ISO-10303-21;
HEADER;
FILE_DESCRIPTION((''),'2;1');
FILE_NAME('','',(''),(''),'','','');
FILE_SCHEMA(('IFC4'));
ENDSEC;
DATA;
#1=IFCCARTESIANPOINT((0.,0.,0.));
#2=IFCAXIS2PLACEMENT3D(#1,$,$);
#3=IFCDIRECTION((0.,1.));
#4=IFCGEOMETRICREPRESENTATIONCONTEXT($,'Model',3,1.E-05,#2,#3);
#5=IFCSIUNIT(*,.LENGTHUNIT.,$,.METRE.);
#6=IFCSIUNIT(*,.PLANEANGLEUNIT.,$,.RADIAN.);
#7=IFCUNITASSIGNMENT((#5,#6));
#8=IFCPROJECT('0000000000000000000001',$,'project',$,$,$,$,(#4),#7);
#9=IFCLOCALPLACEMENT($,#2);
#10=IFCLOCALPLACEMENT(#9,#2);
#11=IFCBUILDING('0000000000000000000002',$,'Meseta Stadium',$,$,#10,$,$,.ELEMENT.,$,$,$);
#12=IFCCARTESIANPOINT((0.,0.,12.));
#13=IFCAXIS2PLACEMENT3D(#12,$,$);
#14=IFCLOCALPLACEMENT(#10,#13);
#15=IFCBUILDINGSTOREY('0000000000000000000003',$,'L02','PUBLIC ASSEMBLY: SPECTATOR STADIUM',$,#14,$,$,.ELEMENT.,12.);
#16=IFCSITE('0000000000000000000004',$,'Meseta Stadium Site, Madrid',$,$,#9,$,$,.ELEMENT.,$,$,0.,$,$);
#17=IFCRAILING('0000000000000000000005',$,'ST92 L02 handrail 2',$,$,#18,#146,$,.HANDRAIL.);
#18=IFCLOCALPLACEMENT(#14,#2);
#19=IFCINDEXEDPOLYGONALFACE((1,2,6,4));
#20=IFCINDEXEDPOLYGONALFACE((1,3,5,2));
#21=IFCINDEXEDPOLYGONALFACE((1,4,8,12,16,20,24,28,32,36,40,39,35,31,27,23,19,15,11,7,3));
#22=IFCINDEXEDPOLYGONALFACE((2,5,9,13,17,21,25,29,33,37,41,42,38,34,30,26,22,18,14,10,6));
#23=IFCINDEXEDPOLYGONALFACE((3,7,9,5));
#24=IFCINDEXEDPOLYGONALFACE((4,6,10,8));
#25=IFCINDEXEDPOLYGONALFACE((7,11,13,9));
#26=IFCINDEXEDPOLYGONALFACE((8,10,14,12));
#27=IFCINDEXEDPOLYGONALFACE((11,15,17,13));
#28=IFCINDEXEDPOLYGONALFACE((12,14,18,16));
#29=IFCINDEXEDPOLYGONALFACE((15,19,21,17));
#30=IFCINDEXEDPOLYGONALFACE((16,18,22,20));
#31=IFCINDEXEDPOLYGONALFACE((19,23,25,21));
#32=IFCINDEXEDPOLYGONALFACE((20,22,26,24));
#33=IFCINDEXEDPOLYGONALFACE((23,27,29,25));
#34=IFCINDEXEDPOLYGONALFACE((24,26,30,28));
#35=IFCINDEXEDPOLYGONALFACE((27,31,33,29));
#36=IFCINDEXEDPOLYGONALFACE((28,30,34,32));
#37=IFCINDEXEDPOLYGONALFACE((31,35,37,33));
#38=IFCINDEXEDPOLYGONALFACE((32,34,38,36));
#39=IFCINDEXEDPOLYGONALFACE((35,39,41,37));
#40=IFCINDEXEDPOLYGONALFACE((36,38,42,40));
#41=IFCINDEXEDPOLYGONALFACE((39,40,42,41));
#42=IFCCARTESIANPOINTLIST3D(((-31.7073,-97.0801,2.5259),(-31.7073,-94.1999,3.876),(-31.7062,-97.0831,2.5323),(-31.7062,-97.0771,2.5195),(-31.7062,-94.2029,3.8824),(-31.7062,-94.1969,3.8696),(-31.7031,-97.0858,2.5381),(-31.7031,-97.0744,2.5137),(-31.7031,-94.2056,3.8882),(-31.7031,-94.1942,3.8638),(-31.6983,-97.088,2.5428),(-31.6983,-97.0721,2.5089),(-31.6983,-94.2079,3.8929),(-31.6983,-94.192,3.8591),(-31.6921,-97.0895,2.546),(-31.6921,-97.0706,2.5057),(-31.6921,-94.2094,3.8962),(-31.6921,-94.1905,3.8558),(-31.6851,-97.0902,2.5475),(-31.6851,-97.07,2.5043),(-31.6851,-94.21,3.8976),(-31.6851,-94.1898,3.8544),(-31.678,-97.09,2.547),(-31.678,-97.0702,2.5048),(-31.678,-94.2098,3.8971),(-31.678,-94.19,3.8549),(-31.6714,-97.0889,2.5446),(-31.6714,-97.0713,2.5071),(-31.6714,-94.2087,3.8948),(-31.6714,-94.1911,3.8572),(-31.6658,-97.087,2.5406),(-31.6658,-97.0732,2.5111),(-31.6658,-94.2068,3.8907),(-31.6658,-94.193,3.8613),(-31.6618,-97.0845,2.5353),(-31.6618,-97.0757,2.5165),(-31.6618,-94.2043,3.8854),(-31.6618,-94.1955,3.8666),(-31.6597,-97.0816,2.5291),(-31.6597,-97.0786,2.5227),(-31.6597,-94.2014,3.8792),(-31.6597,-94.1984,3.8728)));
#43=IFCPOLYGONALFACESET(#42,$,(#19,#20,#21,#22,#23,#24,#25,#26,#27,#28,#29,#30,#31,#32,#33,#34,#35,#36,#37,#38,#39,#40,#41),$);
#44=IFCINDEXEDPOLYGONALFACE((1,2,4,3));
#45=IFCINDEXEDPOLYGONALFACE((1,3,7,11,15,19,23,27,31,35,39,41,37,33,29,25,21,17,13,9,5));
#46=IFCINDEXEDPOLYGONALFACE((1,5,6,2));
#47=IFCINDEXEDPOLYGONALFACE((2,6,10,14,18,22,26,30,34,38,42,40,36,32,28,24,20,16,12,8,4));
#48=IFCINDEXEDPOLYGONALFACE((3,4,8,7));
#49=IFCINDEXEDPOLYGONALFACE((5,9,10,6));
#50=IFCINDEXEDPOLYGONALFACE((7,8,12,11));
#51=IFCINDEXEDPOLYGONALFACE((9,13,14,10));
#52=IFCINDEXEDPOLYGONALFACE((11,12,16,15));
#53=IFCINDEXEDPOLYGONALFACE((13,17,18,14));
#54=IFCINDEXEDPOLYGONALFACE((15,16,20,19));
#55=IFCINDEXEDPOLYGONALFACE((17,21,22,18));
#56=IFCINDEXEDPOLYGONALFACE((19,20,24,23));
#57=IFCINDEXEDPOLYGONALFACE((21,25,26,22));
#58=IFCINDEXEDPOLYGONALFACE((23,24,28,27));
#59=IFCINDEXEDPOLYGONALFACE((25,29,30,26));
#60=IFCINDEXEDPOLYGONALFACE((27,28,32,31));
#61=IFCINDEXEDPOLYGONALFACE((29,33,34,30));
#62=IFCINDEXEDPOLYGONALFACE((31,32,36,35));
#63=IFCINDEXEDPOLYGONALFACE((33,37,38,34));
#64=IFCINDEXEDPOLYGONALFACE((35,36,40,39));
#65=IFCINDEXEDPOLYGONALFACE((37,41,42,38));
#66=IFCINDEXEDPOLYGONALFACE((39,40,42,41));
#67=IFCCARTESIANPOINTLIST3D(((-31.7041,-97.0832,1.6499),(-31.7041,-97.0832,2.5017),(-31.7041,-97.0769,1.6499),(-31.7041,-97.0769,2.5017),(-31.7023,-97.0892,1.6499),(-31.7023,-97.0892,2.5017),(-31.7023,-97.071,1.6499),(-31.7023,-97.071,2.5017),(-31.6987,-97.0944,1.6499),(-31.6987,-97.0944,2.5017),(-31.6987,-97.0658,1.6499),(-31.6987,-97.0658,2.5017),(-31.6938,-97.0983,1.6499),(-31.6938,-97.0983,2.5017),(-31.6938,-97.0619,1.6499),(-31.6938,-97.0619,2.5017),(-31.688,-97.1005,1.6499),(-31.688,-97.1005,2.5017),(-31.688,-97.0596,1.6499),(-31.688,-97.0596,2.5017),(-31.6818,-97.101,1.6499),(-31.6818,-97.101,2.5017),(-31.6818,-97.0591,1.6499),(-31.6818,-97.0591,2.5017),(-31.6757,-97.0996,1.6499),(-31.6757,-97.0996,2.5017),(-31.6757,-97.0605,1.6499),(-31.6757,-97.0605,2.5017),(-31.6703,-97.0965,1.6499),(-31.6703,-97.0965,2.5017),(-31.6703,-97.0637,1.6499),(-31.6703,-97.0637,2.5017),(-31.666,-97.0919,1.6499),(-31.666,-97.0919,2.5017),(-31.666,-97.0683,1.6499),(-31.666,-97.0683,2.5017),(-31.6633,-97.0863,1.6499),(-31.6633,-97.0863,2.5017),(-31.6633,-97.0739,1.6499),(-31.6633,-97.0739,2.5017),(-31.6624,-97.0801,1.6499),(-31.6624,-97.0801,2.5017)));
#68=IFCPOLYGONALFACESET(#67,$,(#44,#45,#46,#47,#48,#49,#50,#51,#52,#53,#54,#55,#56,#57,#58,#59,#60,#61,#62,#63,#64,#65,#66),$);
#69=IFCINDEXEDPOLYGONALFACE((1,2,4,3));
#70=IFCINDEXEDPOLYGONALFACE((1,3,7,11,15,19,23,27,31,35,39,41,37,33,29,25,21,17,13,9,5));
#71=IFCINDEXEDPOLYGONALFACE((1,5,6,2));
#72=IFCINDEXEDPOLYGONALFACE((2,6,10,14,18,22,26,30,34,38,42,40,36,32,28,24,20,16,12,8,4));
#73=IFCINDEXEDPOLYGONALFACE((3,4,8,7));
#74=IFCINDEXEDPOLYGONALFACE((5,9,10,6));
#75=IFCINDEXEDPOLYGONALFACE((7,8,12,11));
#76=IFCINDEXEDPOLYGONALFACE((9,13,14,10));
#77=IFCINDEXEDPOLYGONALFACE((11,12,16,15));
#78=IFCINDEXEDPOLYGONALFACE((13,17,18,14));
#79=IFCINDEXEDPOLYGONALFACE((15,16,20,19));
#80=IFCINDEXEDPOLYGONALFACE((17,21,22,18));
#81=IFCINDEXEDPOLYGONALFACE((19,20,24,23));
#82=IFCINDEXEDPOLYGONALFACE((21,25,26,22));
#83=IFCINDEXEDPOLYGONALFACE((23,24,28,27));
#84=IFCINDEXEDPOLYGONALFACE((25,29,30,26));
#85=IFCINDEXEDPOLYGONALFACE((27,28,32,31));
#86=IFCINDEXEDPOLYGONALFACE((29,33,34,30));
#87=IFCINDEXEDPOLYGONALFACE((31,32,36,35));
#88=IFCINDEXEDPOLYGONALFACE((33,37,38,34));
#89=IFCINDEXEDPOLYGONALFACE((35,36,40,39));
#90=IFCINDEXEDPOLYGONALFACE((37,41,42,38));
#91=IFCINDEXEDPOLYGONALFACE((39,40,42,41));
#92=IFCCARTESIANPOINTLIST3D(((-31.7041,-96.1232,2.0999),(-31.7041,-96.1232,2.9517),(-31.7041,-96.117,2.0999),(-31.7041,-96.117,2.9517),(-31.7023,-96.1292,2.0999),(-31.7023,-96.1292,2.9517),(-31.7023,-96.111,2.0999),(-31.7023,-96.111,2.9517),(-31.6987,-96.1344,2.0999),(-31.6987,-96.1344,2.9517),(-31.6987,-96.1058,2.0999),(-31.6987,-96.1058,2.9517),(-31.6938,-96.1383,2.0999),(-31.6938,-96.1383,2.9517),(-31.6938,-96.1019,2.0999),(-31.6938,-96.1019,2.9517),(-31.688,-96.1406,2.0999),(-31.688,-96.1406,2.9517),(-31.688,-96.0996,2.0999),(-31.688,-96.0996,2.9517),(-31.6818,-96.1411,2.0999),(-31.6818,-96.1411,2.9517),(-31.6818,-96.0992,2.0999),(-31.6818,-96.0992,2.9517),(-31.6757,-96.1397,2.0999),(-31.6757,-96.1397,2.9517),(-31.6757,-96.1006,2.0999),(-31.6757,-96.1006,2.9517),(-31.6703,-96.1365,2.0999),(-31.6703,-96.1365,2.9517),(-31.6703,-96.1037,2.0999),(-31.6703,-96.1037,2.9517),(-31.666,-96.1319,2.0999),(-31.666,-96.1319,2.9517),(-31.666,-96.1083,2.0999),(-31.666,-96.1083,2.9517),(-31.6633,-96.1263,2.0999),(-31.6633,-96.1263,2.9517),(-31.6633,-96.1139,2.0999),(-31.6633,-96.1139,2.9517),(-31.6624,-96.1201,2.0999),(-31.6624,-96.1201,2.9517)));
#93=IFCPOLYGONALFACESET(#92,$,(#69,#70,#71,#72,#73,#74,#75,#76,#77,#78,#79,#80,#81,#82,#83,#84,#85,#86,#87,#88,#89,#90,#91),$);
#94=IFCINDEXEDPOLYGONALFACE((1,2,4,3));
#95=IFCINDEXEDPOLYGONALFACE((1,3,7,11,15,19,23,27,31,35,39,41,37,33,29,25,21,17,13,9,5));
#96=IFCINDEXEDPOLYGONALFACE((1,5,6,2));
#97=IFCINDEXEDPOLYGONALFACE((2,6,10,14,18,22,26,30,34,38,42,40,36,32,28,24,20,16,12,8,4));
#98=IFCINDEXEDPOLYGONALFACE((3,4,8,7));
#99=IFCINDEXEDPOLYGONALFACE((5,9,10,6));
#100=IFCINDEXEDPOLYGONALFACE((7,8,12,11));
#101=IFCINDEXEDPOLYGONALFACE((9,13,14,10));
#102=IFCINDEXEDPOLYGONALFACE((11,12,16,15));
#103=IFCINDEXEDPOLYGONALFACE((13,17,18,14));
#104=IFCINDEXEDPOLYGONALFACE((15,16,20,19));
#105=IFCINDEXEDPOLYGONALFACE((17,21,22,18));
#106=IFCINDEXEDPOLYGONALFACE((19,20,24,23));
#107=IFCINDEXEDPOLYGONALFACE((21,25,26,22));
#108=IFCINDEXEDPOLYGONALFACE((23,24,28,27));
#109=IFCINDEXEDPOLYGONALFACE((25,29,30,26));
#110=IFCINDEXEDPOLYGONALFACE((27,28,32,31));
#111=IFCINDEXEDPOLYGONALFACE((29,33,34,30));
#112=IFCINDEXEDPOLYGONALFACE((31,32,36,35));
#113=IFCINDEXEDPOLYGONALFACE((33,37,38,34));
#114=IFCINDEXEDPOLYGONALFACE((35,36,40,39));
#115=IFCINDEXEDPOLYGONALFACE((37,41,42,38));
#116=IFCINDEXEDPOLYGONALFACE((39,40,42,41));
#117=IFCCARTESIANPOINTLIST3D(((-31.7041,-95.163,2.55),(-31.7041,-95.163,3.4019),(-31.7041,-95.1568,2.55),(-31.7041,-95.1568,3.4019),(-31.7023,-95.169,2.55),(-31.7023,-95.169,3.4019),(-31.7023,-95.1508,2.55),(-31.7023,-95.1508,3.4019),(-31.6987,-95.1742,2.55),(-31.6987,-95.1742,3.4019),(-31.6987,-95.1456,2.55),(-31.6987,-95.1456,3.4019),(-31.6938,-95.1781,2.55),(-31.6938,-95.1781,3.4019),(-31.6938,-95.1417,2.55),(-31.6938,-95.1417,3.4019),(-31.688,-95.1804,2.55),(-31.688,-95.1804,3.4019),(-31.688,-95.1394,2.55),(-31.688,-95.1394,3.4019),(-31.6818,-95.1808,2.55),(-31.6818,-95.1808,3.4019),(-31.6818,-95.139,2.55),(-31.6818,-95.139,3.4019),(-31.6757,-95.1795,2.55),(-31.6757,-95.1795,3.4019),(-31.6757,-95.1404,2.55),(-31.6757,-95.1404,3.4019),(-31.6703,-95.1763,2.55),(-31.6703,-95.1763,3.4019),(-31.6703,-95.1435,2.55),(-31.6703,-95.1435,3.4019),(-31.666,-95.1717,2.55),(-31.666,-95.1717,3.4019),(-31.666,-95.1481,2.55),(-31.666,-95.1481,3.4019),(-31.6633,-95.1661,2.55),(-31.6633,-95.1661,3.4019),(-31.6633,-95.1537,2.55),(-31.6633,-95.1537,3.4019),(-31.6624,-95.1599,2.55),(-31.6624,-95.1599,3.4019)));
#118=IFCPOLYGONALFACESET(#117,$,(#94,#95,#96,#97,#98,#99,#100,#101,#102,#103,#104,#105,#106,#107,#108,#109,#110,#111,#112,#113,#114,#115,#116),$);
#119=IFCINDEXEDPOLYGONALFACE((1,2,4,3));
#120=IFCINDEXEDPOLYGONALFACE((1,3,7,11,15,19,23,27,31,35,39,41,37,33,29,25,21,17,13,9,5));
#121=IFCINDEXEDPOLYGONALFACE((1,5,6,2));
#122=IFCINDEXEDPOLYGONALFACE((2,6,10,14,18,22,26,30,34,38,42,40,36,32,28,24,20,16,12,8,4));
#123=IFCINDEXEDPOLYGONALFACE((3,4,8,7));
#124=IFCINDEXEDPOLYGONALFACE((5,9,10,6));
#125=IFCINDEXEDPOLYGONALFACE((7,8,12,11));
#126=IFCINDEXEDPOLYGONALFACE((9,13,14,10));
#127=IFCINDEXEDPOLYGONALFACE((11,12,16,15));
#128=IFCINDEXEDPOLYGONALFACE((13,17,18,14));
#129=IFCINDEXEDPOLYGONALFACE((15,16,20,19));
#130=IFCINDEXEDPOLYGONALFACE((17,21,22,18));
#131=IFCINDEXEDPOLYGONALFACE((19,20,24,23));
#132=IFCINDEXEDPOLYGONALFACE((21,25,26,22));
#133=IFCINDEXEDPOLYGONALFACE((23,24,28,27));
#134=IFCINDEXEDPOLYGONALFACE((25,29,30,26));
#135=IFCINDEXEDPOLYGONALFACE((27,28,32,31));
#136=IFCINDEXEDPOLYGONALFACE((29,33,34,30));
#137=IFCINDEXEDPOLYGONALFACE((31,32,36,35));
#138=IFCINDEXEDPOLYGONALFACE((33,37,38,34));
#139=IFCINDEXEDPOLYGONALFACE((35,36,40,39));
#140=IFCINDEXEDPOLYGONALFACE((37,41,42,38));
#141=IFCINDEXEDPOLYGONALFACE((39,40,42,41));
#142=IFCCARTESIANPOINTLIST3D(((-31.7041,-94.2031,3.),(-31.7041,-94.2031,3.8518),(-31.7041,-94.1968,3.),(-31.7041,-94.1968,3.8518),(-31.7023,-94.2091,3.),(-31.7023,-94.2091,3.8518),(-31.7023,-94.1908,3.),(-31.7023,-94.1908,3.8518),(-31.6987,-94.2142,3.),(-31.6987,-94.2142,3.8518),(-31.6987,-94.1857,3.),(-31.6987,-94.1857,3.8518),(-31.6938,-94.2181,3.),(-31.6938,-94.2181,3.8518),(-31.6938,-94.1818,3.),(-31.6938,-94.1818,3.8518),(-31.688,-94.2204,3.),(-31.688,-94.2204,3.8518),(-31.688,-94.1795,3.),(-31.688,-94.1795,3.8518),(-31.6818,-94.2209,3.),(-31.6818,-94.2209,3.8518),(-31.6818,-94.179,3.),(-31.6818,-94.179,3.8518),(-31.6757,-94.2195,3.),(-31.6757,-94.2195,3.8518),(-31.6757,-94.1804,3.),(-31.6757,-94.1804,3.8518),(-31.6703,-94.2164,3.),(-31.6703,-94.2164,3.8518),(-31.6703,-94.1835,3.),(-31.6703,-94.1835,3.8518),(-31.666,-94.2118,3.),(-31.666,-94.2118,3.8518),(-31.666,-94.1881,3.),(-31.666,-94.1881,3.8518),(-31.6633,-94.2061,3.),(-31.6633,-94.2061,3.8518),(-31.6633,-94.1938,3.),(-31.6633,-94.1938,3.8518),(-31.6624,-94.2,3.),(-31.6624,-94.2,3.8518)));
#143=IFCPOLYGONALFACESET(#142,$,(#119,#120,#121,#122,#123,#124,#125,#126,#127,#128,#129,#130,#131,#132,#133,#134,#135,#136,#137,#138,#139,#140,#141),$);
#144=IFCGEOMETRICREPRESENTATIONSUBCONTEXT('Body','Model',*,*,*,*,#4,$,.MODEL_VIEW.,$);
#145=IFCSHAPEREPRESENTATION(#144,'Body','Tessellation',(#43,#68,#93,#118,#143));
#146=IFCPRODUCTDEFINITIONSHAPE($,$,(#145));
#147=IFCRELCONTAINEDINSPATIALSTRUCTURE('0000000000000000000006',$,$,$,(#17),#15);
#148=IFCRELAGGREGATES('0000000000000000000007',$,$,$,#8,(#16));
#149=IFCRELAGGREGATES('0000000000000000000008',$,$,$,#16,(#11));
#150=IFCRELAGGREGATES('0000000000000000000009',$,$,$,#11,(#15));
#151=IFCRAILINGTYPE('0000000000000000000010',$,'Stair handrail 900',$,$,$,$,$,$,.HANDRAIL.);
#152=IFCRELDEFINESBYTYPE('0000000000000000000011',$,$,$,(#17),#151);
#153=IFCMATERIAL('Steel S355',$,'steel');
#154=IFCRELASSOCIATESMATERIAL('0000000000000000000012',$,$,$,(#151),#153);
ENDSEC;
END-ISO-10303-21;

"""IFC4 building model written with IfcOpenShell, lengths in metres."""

from ifc_helpers import new_model, si_unit, direction, frame, origin, origin_2d, place, context, subcontext, project, spatial, circle, extrude, material, type_object, element, save


model = new_model("IFC4")

# Units and contexts
model_context = context("Model", 3, precision=1e-05, world=origin(), true_north=direction((0.0, 1.0)))
body_context = subcontext(model_context, "Body", "Model", "MODEL_VIEW")
ifc_project = project(units=[si_unit("LENGTHUNIT", "METRE"), si_unit("PLANEANGLEUNIT", "RADIAN")], contexts=[model_context])

# Site, building, storey
site_placement = place(None, origin())
site = spatial("IfcSite", under=ifc_project, at=site_placement, Name="Meseta Stadium Site, Madrid", CompositionType="ELEMENT", RefElevation=0.0)
building_placement = place(site_placement, origin())
building = spatial("IfcBuilding", under=site, at=building_placement, Name="Meseta Stadium", CompositionType="ELEMENT")
storey_placement = place(building_placement, frame((0.0, 0.0, 12.0)))
storey = spatial("IfcBuildingStorey", under=building, at=storey_placement, Name="L02", Description="PUBLIC ASSEMBLY: SPECTATOR STADIUM", CompositionType="ELEMENT", Elevation=12.0)

# Railing
ifc_material_1 = material(Name="Steel S355", Category="steel")
railing_type_1 = type_object("IfcRailingType", Name="Stair handrail 900", PredefinedType="HANDRAIL", material=ifc_material_1)
for number, where, name in (
    (1, (-31.6833, -97.0801, 1.6499), "ST92 L02 handrail 2"),
):
    element("IfcRailing", number, at=place(storey_placement, frame(where)), inside=storey, type_object=railing_type_1, Name=name, PredefinedType="HANDRAIL", context=body_context, shape_type="SweptSolid", body=[
        extrude(circle(Radius=0.0239, at=origin_2d()), frame((0.0, 0.0, 0.876), z_axis=(0.0, 0.905454, 0.424444), x_axis=(-1.0, 0.0, 0.0)), (0.0, 0.0, 1.0), 3.1809),
        extrude(circle(Radius=0.021, at=origin_2d()), origin(), (0.0, 0.0, 1.0), 0.8518),
        extrude(circle(Radius=0.021, at=origin_2d()), frame((0.0, 0.96, 0.45)), (0.0, 0.0, 1.0), 0.8518),
        extrude(circle(Radius=0.021, at=origin_2d()), frame((0.0, 1.9202, 0.9001)), (0.0, 0.0, 1.0), 0.8518),
        extrude(circle(Radius=0.021, at=origin_2d()), frame((0.0, 2.8801, 1.3501)), (0.0, 0.0, 1.0), 0.8518),
    ])

save(model, "model.ifc")
